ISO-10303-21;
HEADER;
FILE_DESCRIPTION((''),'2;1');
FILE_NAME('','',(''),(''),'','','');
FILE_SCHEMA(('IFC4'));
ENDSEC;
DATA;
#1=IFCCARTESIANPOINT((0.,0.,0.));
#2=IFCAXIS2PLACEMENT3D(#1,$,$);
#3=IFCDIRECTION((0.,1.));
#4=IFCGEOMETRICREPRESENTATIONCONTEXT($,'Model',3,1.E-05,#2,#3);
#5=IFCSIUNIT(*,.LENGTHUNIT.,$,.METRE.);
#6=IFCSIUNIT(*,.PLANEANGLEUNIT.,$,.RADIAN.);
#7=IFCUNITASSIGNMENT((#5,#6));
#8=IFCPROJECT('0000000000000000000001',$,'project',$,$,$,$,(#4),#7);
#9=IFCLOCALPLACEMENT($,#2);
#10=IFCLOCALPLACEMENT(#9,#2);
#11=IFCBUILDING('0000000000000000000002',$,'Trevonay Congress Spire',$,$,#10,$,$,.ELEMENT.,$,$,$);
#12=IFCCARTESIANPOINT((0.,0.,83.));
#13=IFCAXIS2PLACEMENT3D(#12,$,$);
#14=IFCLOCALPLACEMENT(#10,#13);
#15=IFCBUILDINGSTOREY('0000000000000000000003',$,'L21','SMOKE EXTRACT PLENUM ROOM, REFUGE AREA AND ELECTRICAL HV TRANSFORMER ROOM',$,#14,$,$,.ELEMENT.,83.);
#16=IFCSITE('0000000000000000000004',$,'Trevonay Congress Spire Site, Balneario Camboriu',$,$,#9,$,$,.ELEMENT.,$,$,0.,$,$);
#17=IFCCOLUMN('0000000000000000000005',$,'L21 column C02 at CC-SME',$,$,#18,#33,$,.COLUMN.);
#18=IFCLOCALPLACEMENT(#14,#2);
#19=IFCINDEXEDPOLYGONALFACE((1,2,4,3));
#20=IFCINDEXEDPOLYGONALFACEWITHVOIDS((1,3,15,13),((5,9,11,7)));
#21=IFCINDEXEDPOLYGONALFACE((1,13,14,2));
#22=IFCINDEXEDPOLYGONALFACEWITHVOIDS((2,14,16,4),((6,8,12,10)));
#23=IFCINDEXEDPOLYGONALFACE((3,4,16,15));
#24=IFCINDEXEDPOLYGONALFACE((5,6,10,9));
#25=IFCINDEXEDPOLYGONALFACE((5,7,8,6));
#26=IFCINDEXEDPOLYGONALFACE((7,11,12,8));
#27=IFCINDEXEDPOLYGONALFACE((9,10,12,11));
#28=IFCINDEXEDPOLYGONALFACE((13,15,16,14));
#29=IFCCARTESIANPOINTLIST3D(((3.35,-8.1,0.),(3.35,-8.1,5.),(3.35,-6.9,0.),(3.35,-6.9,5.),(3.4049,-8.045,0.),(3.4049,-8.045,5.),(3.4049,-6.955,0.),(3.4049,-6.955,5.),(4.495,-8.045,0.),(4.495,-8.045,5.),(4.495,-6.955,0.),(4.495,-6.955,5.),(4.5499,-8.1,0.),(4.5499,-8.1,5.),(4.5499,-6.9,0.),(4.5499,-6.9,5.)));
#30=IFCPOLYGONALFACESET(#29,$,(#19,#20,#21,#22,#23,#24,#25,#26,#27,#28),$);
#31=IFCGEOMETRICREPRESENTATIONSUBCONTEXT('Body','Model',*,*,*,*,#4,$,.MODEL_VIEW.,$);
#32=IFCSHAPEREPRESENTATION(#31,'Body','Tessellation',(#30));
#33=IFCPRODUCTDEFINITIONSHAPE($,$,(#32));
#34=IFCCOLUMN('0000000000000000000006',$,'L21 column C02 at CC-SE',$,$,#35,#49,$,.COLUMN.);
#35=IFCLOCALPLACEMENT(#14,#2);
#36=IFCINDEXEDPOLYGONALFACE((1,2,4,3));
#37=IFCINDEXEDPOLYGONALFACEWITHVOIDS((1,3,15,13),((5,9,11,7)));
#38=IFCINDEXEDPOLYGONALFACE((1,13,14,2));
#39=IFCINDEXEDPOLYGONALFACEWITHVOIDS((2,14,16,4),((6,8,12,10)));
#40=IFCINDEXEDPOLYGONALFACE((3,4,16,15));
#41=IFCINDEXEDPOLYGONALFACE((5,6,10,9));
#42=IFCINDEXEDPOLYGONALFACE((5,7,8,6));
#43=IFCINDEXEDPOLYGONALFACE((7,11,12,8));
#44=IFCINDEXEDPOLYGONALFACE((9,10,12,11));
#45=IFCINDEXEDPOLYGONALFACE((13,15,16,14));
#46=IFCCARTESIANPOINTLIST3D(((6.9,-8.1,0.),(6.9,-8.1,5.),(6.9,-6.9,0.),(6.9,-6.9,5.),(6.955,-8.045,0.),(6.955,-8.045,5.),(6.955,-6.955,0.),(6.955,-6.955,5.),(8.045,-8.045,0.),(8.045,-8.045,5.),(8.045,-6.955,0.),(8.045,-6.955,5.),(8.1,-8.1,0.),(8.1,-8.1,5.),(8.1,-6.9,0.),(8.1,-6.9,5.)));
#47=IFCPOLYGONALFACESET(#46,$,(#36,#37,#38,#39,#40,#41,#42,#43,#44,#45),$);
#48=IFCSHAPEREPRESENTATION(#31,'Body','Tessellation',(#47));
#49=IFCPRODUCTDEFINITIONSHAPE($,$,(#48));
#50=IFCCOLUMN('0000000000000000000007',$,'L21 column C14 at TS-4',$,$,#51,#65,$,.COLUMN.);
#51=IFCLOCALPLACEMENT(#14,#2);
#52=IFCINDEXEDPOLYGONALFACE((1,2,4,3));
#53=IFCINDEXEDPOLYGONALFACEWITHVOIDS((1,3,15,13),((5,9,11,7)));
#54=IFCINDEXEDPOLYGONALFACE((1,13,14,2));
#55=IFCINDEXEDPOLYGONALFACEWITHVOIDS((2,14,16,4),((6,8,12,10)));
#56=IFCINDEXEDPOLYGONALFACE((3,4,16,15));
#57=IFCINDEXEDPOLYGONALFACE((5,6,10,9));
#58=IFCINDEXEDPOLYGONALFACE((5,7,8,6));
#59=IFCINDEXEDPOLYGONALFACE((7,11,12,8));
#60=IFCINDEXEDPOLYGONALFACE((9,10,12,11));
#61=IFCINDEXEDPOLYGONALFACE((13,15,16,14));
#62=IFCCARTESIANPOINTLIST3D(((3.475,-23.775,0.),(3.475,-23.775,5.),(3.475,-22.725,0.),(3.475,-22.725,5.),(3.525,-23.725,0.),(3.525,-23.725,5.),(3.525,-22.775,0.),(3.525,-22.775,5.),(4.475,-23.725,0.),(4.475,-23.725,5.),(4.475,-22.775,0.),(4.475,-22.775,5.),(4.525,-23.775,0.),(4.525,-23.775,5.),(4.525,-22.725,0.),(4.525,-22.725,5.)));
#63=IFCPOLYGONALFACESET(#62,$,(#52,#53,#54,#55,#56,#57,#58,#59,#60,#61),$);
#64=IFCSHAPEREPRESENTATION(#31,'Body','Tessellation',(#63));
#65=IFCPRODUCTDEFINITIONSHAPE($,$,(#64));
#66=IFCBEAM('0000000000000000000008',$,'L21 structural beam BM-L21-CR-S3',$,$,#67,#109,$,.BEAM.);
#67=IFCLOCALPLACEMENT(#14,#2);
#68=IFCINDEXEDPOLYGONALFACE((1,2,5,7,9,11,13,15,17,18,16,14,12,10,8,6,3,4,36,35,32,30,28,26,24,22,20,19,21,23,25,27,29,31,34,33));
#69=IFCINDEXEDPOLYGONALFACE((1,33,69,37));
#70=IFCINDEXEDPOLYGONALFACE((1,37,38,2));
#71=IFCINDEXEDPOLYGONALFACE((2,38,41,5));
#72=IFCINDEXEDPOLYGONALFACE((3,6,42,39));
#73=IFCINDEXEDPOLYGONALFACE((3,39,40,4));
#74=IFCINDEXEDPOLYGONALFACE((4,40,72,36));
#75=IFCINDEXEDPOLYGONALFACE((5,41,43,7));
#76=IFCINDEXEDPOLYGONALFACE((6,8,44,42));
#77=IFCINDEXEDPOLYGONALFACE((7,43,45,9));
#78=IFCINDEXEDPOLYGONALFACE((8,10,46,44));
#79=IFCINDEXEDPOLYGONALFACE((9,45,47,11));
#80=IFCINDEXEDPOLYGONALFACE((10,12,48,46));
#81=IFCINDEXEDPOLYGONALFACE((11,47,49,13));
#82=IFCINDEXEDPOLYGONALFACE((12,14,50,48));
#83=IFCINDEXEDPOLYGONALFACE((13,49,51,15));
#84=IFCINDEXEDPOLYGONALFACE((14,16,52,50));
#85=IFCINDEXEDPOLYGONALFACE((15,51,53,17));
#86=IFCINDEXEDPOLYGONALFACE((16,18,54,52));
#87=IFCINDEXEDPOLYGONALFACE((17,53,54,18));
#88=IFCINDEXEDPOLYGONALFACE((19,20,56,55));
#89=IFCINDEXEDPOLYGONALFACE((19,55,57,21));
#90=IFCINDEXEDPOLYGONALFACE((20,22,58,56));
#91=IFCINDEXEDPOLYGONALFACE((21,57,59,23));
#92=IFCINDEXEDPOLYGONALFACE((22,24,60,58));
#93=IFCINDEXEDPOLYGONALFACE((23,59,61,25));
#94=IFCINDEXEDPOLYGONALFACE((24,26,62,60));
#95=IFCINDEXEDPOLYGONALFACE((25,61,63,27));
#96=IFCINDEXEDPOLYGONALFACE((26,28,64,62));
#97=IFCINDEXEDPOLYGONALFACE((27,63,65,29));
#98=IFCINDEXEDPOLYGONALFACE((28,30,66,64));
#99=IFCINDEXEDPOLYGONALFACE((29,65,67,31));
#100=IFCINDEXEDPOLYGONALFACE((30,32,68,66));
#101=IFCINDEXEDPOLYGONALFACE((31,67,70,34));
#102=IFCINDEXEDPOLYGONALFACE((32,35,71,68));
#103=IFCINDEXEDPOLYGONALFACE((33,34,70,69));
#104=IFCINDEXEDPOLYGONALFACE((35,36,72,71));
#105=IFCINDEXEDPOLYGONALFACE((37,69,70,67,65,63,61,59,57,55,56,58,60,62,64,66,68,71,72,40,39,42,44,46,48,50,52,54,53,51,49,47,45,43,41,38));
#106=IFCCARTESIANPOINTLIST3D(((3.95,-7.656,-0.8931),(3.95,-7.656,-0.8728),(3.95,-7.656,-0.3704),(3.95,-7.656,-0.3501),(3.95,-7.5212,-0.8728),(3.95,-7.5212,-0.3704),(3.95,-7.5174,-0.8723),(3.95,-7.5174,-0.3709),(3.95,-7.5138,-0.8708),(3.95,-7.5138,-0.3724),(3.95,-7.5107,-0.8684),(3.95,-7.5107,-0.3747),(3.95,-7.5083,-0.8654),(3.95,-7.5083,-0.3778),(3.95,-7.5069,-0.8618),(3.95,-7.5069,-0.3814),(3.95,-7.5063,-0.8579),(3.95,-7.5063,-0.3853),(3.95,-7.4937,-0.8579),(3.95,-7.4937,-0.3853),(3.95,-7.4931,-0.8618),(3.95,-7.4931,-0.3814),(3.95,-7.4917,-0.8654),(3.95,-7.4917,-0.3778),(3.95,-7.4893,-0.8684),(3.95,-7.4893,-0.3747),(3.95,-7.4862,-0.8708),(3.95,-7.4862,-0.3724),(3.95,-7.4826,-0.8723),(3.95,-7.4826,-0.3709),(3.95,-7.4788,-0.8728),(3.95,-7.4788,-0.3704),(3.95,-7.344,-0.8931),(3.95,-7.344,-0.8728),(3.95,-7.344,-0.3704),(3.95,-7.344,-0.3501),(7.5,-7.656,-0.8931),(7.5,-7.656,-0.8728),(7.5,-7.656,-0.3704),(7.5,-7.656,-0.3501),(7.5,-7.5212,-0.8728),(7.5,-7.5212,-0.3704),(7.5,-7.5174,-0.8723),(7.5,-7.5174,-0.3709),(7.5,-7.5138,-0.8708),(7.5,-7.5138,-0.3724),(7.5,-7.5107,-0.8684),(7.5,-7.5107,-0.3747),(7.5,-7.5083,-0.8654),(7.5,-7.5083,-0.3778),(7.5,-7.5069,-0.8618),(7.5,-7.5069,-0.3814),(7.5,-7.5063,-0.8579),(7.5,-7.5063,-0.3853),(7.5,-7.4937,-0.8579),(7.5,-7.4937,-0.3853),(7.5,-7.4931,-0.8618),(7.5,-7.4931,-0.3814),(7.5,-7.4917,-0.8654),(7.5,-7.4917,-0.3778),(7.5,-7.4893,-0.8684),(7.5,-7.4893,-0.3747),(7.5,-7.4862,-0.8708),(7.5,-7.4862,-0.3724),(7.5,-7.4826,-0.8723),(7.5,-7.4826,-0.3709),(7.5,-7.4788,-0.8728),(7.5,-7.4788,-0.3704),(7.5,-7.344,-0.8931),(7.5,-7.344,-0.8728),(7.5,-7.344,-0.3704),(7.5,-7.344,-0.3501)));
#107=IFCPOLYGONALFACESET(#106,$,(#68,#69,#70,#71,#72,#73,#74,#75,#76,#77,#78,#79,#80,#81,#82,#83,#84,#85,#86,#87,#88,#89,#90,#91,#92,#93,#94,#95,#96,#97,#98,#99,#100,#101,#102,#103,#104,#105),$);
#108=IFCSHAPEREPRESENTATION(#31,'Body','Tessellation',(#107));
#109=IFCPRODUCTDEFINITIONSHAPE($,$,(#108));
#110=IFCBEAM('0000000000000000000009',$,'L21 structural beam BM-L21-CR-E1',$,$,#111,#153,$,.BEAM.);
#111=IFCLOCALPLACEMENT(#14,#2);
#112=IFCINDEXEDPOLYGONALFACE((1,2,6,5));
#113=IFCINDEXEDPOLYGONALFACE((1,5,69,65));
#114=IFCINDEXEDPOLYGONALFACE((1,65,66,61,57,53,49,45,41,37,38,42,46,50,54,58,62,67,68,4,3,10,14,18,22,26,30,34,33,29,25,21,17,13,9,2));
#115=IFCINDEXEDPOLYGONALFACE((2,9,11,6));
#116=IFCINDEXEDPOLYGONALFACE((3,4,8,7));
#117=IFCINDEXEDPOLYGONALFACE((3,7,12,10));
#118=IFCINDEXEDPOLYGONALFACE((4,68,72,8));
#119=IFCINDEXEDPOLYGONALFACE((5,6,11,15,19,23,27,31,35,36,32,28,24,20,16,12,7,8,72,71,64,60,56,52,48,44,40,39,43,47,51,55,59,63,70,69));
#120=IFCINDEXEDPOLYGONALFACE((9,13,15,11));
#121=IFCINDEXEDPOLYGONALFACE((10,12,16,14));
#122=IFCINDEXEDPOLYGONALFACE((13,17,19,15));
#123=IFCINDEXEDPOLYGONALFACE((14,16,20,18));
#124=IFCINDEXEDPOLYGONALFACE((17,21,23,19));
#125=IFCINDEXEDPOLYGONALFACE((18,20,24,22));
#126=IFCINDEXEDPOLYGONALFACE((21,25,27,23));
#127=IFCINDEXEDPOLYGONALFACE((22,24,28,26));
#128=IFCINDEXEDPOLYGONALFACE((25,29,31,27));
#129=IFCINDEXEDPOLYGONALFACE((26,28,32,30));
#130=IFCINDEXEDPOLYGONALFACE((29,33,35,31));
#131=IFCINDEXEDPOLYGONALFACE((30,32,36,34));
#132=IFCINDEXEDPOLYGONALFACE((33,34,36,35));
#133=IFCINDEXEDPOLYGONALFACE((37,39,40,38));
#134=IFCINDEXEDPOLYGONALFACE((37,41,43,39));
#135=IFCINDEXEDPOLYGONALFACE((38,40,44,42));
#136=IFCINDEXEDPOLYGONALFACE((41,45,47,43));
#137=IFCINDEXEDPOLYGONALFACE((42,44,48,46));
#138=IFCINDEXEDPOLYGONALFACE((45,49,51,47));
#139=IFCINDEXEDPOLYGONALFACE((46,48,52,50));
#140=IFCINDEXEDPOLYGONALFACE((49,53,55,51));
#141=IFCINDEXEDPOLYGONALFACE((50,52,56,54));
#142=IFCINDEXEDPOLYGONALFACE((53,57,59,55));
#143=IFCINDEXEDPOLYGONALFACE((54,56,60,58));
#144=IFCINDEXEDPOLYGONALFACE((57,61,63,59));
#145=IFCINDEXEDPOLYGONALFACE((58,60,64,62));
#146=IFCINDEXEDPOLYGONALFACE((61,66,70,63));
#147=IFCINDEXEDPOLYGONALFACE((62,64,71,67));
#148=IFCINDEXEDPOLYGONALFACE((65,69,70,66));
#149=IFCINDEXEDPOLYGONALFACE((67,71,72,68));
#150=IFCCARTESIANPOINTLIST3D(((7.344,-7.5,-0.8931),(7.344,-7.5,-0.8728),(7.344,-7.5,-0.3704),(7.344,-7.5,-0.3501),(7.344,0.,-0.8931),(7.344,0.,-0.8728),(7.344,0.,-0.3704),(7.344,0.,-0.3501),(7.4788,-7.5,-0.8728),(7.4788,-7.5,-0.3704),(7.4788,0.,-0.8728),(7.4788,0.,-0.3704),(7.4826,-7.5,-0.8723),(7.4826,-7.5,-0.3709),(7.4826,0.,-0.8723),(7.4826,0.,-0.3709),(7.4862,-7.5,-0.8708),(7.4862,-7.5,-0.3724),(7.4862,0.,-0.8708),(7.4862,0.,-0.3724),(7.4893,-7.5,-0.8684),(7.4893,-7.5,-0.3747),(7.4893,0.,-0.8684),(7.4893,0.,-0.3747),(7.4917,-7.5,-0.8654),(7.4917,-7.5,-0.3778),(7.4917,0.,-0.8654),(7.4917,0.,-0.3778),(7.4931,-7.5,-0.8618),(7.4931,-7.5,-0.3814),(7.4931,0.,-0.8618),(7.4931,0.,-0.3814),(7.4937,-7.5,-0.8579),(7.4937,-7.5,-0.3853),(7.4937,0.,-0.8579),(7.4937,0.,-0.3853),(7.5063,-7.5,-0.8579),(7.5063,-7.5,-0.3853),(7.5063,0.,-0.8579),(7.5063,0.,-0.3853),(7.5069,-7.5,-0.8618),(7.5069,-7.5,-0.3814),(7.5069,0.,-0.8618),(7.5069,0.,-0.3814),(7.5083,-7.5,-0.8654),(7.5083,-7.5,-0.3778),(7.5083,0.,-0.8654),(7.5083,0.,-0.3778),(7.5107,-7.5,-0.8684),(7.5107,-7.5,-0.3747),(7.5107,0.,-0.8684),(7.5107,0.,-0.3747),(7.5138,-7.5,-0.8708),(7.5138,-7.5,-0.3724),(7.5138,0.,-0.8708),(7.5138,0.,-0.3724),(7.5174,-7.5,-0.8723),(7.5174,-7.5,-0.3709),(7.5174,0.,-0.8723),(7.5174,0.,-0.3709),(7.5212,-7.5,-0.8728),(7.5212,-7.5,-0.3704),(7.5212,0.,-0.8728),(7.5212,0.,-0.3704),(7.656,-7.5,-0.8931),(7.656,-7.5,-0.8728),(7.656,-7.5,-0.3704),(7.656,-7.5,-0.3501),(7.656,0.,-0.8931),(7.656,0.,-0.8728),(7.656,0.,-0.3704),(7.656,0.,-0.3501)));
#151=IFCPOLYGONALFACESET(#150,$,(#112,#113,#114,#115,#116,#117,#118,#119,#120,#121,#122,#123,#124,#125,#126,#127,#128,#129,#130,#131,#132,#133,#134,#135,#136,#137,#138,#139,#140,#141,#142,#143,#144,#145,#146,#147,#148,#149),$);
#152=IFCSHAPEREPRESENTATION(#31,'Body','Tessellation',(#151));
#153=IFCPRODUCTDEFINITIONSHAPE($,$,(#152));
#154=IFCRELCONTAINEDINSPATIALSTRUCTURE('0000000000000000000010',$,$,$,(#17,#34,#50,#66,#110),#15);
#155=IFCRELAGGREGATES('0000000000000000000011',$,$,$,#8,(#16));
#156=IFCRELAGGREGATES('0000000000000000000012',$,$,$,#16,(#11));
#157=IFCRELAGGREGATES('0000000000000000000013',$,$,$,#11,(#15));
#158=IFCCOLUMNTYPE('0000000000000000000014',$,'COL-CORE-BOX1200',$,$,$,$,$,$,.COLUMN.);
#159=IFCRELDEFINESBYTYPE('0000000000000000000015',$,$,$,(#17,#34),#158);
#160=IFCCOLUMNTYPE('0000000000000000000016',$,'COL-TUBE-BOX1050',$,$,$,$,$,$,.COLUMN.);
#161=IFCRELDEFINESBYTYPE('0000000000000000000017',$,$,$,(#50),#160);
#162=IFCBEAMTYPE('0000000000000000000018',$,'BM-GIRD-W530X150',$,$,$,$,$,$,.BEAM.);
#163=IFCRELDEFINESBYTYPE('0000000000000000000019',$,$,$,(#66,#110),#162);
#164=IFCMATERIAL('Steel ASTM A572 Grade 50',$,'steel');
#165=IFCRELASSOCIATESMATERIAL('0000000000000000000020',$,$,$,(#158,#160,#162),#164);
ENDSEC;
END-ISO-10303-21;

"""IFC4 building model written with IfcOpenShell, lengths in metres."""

from ifc_helpers import new_model, si_unit, direction, frame, origin, origin_2d, place, context, subcontext, project, spatial, hollow_rectangle, i_section, extrude, material, material_profile, profile_set, type_object, element, save


model = new_model("IFC4")

# Units and contexts
model_context = context("Model", 3, precision=1e-05, world=origin(), true_north=direction((0.0, 1.0)))
body_context = subcontext(model_context, "Body", "Model", "MODEL_VIEW")
ifc_project = project(units=[si_unit("LENGTHUNIT", "METRE"), si_unit("PLANEANGLEUNIT", "RADIAN")], contexts=[model_context])

# Site, building, storey
site_placement = place(None, origin())
site = spatial("IfcSite", under=ifc_project, at=site_placement, Name="Trevonay Congress Spire Site, Balneario Camboriu", CompositionType="ELEMENT", RefElevation=0.0)
building_placement = place(site_placement, origin())
building = spatial("IfcBuilding", under=site, at=building_placement, Name="Trevonay Congress Spire", CompositionType="ELEMENT")
storey_placement = place(building_placement, frame((0.0, 0.0, 83.0)))
storey = spatial("IfcBuildingStorey", under=building, at=storey_placement, Name="L21", Description="SMOKE EXTRACT PLENUM ROOM, REFUGE AREA AND ELECTRICAL HV TRANSFORMER ROOM", CompositionType="ELEMENT", Elevation=83.0)

# Columns
ifc_material_1 = material(Name="Steel ASTM A572 Grade 50", Category="steel")
ifc_material_profile_1 = material_profile(ifc_material_1, hollow_rectangle(XDim=1.2, YDim=1.2, WallThickness=0.0549, at=origin_2d()), Name="BOX 1200x1200x55")
ifc_profile_set_1 = profile_set([ifc_material_profile_1], Name="Steel ASTM A572 Grade 50")
column_type_1 = type_object("IfcColumnType", Name="COL-CORE-BOX1200", PredefinedType="COLUMN", material=ifc_profile_set_1)
for number, where, z_axis, x_axis, name in (
    (1, (3.95, -7.5, 0.0), (0.0, 0.0, 1.0), (1.0, 0.0, 0.0), "L21 column C02 at CC-SME"),
    (2, (7.5, -7.5, 0.0), (0.0, 0.0, 1.0), (1.0, 0.0, 0.0), "L21 column C02 at CC-SE"),
):
    element("IfcColumn", number, at=place(storey_placement, frame(where, z_axis=z_axis, x_axis=x_axis)), inside=storey, type_object=column_type_1, Name=name, PredefinedType="COLUMN", context=body_context, shape_type="SweptSolid", body=[
        extrude(hollow_rectangle(XDim=1.2, YDim=1.2, WallThickness=0.0549, at=origin_2d()), origin(), (0.0, 0.0, 1.0), 5.0),
    ])
ifc_material_profile_2 = material_profile(ifc_material_1, hollow_rectangle(XDim=1.05, YDim=1.05, WallThickness=0.05, at=origin_2d()), Name="BOX 1050x1050x50")
ifc_profile_set_2 = profile_set([ifc_material_profile_2], Name="Steel ASTM A572 Grade 50")
column_type_2 = type_object("IfcColumnType", Name="COL-TUBE-BOX1050", PredefinedType="COLUMN", material=ifc_profile_set_2)
column_placement = place(storey_placement, frame((4.0, -23.25, 0.0), z_axis=(0.0, 0.0, 1.0), x_axis=(1.0, 0.0, 0.0)))
element("IfcColumn", 3, at=column_placement, inside=storey, type_object=column_type_2, Name="L21 column C14 at TS-4", PredefinedType="COLUMN", context=body_context, shape_type="SweptSolid", body=[
    extrude(hollow_rectangle(XDim=1.05, YDim=1.05, WallThickness=0.05, at=origin_2d()), origin(), (0.0, 0.0, 1.0), 5.0),
])

# Beams
ifc_material_profile_3 = material_profile(ifc_material_1, i_section(OverallWidth=0.312, OverallDepth=0.543, WebThickness=0.0127, FlangeThickness=0.0203, FilletRadius=0.0149, at=origin_2d()), Name="W530x150")
ifc_profile_set_3 = profile_set([ifc_material_profile_3], Name="Steel ASTM A572 Grade 50")
beam_type_1 = type_object("IfcBeamType", Name="BM-GIRD-W530X150", PredefinedType="BEAM", material=ifc_profile_set_3)
beam_1_placement = place(storey_placement, frame((3.95, -7.5, -0.6216), z_axis=(1.0, 0.0, 0.0), x_axis=(0.0, 1.0, 0.0)))
element("IfcBeam", 4, at=beam_1_placement, inside=storey, type_object=beam_type_1, Name="L21 structural beam BM-L21-CR-S3", PredefinedType="BEAM", context=body_context, shape_type="SweptSolid", body=[
    extrude(i_section(OverallWidth=0.312, OverallDepth=0.543, WebThickness=0.0127, FlangeThickness=0.0203, FilletRadius=0.0149, at=origin_2d()), origin(), (0.0, 0.0, 1.0), 3.55),
])
beam_2_placement = place(storey_placement, frame((7.5, -7.5, -0.6216), z_axis=(0.0, 1.0, 0.0), x_axis=(-1.0, 0.0, 0.0)))
element("IfcBeam", 5, at=beam_2_placement, inside=storey, type_object=beam_type_1, Name="L21 structural beam BM-L21-CR-E1", PredefinedType="BEAM", context=body_context, shape_type="SweptSolid", body=[
    extrude(i_section(OverallWidth=0.312, OverallDepth=0.543, WebThickness=0.0127, FlangeThickness=0.0203, FilletRadius=0.0149, at=origin_2d()), origin(), (0.0, 0.0, 1.0), 7.5),
])

save(model, "model.ifc")
